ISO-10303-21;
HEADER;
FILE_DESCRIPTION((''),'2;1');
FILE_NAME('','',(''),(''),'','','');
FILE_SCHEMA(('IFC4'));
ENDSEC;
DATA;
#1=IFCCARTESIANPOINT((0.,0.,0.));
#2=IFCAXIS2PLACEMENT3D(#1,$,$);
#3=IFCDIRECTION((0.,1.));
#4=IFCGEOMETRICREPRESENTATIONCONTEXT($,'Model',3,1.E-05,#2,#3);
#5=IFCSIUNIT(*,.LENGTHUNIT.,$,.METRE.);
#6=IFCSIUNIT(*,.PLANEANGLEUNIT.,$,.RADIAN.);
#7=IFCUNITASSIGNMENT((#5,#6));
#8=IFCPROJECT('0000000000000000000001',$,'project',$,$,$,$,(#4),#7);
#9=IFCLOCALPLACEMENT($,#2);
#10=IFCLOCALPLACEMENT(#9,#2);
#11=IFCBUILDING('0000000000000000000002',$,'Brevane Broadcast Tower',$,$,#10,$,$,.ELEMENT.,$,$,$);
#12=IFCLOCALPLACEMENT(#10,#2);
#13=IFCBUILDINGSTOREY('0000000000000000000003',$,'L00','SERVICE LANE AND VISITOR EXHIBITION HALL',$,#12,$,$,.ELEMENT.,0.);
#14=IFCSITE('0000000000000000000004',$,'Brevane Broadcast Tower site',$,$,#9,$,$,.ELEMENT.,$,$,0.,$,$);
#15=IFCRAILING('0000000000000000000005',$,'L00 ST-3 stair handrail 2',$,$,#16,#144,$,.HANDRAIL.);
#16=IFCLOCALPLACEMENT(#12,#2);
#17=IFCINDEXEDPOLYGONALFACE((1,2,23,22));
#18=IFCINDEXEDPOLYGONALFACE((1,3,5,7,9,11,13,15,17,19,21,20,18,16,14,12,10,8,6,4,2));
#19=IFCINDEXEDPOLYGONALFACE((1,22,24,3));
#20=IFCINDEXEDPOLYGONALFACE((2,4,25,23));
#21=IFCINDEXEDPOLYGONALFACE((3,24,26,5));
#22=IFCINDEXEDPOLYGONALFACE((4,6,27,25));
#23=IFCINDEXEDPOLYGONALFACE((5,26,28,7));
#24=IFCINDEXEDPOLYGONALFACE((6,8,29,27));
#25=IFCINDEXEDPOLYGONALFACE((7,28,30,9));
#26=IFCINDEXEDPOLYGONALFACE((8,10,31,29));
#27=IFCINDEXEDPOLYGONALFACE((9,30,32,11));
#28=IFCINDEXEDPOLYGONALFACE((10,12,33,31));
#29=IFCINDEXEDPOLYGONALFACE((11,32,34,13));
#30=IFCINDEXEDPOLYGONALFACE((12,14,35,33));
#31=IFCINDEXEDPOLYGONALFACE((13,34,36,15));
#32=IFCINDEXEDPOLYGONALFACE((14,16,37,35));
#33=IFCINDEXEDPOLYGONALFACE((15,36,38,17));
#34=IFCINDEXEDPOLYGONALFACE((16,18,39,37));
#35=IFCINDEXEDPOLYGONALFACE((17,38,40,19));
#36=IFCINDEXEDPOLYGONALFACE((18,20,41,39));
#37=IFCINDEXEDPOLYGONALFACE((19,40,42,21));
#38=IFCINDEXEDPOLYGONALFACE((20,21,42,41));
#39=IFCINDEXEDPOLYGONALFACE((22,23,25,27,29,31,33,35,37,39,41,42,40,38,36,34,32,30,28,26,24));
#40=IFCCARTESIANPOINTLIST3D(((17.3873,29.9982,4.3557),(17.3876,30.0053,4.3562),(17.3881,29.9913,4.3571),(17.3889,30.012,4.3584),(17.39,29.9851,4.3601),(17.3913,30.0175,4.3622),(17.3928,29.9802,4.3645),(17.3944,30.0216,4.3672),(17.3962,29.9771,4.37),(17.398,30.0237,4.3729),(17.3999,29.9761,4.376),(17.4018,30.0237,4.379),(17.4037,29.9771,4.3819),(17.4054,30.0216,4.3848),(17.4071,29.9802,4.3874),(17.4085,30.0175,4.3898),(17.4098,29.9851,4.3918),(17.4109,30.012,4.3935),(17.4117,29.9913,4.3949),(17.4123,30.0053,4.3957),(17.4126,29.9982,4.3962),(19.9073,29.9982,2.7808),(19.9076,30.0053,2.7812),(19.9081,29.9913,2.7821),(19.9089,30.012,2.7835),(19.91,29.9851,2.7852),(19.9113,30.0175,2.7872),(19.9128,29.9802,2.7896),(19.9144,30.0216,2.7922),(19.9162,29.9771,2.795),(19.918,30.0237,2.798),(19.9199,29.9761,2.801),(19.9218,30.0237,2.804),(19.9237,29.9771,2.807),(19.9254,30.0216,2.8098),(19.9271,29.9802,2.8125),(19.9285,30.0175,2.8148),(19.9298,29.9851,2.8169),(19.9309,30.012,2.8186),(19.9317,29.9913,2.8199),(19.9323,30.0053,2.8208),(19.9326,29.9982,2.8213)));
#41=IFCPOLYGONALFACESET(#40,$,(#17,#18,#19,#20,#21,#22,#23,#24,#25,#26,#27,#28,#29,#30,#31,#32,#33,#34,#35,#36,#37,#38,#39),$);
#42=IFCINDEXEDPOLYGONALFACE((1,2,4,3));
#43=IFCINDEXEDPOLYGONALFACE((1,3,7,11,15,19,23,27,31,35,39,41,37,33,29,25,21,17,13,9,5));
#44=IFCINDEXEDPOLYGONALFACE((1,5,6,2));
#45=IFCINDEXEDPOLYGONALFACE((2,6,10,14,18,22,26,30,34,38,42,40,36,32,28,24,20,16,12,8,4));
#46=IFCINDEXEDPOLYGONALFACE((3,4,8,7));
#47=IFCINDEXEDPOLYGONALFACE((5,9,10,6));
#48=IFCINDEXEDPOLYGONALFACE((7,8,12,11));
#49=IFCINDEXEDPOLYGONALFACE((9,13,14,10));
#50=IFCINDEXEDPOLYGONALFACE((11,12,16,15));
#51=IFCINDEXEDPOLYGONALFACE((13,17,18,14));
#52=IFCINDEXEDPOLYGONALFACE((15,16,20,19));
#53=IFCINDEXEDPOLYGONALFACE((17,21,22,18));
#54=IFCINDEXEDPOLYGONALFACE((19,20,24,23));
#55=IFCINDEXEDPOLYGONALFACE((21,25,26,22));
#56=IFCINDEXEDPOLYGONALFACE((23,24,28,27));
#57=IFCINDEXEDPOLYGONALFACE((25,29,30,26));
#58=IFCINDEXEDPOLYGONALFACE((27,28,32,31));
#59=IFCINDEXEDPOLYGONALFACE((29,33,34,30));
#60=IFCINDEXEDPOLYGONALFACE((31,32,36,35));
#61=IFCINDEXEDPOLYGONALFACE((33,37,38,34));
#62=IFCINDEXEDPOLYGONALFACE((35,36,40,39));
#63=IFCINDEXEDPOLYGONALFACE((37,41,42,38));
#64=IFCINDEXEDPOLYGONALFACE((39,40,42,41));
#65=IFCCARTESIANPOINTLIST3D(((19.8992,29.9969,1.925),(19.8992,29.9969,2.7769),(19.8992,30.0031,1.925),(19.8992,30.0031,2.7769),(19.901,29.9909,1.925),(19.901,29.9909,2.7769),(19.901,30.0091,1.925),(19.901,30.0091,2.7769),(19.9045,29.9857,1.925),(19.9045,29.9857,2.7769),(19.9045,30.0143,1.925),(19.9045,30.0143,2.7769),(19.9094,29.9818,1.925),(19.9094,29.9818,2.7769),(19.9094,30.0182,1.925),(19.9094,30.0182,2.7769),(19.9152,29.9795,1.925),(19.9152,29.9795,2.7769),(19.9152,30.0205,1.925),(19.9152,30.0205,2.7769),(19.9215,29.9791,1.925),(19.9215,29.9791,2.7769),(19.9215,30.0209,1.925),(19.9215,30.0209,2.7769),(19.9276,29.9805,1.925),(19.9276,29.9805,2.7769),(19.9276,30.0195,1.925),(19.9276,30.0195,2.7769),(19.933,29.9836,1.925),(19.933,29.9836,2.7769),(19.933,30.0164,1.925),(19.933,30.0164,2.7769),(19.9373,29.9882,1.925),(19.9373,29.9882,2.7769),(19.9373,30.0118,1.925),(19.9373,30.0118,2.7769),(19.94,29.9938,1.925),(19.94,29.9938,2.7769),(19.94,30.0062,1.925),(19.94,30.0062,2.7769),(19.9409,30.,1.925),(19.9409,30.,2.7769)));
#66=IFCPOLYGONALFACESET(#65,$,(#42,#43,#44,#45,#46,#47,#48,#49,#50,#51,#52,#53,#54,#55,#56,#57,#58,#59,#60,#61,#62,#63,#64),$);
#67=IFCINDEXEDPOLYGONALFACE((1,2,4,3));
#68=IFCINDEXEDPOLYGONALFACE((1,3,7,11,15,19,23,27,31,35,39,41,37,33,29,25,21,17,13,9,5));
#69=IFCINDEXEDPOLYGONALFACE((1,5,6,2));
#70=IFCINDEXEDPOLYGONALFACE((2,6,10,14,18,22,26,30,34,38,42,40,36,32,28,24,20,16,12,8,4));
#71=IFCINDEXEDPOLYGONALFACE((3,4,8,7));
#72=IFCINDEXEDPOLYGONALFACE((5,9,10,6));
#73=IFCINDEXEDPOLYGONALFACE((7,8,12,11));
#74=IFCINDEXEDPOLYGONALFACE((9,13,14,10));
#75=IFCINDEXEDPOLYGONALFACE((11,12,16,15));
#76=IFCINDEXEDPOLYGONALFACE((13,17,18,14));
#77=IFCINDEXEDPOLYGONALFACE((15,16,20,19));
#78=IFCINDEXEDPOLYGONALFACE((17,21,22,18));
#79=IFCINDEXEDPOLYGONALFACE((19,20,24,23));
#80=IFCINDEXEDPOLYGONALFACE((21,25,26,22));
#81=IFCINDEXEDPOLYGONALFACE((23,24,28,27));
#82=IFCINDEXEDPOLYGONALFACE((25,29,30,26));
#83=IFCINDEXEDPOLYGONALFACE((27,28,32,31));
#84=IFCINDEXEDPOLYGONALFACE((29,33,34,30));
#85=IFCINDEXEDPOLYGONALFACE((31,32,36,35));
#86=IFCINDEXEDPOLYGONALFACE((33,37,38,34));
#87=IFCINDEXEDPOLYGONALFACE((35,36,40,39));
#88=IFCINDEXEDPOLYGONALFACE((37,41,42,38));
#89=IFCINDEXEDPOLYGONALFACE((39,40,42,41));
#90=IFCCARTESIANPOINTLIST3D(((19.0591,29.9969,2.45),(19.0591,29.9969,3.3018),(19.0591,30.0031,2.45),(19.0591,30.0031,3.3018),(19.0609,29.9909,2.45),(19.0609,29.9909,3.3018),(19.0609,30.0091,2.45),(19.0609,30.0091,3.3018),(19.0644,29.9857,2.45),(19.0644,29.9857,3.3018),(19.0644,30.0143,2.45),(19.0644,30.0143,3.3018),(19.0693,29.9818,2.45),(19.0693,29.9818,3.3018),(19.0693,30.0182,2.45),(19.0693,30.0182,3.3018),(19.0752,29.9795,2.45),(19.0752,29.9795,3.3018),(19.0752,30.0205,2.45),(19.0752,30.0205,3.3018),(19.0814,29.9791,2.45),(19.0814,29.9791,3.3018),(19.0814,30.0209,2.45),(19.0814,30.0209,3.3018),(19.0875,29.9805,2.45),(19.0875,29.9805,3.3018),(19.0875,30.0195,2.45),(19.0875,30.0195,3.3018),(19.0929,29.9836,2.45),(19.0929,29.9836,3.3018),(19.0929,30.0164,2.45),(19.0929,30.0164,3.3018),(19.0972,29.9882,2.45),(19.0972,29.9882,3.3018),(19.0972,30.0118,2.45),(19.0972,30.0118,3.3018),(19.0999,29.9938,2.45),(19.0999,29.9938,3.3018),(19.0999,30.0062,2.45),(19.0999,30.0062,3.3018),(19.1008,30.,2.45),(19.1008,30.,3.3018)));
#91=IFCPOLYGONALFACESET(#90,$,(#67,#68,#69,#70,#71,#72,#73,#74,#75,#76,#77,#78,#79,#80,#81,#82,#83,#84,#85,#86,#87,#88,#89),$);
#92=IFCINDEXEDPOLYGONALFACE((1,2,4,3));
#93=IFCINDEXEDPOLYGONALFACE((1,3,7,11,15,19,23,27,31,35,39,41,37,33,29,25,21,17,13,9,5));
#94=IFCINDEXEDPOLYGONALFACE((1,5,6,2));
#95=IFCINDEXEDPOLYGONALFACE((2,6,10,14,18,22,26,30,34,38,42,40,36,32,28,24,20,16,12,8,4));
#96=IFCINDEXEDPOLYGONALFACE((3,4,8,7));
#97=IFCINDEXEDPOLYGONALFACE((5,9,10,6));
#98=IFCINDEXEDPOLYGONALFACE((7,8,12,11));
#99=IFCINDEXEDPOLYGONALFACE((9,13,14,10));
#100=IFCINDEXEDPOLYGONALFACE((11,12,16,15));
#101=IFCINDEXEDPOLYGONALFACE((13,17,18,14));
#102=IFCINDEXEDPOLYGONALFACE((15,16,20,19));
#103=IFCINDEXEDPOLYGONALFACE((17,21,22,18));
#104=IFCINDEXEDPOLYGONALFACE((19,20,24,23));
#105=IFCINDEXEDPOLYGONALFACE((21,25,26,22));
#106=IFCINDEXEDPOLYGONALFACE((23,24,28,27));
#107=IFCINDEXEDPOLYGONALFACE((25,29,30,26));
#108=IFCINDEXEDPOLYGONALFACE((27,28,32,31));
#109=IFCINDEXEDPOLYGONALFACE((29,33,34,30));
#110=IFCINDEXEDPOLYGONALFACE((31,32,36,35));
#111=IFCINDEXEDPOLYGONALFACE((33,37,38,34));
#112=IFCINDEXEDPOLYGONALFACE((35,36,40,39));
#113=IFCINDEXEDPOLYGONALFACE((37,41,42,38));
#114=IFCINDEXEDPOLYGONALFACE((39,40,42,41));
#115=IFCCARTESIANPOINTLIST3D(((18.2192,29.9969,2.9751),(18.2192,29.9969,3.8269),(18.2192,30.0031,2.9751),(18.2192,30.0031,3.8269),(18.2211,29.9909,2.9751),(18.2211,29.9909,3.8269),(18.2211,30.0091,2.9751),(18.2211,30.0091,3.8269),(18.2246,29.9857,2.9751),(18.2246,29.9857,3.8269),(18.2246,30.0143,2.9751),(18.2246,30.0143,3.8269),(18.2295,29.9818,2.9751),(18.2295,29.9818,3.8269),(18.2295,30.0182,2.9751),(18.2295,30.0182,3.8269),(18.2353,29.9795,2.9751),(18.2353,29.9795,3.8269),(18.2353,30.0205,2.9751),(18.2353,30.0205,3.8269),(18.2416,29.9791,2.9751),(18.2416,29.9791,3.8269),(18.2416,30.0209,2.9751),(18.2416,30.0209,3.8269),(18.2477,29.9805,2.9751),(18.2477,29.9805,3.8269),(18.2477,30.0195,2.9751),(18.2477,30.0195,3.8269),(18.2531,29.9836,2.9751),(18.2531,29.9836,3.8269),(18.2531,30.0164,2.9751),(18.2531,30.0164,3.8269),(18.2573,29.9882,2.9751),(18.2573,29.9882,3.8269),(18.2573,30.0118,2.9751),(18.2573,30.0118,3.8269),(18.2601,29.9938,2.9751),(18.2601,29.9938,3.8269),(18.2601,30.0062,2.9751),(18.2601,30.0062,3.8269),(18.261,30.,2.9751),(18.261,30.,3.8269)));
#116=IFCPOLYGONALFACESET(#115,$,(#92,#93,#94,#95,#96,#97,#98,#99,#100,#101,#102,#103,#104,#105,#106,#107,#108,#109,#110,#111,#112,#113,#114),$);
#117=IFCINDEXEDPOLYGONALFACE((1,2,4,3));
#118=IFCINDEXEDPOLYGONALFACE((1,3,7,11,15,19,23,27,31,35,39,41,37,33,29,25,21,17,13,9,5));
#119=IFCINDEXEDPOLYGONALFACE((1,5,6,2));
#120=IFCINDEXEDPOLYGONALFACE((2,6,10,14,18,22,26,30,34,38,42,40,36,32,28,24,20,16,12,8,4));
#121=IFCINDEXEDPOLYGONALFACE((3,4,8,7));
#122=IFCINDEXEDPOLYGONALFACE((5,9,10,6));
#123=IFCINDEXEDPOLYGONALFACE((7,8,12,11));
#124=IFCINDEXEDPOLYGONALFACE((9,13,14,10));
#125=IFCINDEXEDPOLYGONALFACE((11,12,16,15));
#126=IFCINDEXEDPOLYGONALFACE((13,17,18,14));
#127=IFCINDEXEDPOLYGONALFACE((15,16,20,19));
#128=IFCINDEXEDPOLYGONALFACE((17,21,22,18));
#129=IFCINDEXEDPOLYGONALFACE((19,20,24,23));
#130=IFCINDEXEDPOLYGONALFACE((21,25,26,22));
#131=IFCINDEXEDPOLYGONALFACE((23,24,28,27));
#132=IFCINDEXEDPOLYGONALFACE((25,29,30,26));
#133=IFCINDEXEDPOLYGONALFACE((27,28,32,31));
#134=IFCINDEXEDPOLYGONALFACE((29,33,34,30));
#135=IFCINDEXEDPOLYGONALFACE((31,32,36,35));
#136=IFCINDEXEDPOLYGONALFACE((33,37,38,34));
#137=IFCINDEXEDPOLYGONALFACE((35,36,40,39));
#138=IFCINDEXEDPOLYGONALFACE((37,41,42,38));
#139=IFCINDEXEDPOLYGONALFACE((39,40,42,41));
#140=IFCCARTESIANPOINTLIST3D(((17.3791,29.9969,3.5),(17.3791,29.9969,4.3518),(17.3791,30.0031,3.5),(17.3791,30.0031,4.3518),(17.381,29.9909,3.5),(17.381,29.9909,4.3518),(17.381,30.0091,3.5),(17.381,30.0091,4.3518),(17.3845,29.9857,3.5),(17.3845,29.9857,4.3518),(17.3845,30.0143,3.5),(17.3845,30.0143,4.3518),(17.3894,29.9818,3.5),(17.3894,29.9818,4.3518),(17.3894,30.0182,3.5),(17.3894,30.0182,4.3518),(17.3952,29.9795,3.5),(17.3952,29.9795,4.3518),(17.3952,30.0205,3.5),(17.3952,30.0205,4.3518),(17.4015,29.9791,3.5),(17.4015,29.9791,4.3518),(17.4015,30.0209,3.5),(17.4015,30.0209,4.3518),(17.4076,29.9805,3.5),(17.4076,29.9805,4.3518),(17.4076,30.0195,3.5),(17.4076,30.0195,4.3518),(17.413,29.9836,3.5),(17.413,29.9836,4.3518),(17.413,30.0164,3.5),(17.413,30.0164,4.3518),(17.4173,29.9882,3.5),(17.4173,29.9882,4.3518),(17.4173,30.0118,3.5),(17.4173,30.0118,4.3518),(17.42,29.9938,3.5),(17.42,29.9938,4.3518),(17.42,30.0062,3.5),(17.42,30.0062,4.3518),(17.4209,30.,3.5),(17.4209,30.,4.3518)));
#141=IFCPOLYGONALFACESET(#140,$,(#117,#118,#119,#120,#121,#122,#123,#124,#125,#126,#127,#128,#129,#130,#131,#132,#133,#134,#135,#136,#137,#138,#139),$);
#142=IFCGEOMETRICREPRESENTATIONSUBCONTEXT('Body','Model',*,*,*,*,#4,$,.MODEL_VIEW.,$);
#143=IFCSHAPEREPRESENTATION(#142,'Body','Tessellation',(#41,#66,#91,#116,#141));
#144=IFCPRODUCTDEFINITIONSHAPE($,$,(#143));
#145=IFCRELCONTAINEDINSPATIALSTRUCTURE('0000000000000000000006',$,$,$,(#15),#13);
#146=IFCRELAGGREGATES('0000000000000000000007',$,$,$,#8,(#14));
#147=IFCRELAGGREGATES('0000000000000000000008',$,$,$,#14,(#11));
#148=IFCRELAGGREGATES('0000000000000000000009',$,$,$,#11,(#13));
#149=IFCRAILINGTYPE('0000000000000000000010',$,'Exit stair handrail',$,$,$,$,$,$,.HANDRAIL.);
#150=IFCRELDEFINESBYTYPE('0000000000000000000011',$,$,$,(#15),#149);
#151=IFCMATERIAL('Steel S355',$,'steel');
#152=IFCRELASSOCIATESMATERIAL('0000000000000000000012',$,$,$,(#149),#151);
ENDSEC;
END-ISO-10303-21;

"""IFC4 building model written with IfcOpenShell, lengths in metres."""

from ifc_helpers import new_model, si_unit, direction, frame, origin, origin_2d, place, context, subcontext, project, spatial, circle, extrude, material, type_object, element, save


model = new_model("IFC4")

# Units and contexts
model_context = context("Model", 3, precision=1e-05, world=origin(), true_north=direction((0.0, 1.0)))
body_context = subcontext(model_context, "Body", "Model", "MODEL_VIEW")
ifc_project = project(units=[si_unit("LENGTHUNIT", "METRE"), si_unit("PLANEANGLEUNIT", "RADIAN")], contexts=[model_context])

# Site, building, storey
site_placement = place(None, origin())
site = spatial("IfcSite", under=ifc_project, at=site_placement, Name="Brevane Broadcast Tower site", CompositionType="ELEMENT", RefElevation=0.0)
building_placement = place(site_placement, origin())
building = spatial("IfcBuilding", under=site, at=building_placement, Name="Brevane Broadcast Tower", CompositionType="ELEMENT")
storey_placement = place(building_placement, origin())
storey = spatial("IfcBuildingStorey", under=building, at=storey_placement, Name="L00", Description="SERVICE LANE AND VISITOR EXHIBITION HALL", CompositionType="ELEMENT", Elevation=0.0)

# Railing
ifc_material_1 = material(Name="Steel S355", Category="steel")
railing_type_1 = type_object("IfcRailingType", Name="Exit stair handrail", PredefinedType="HANDRAIL", material=ifc_material_1)
for number, where, name in (
    (1, (19.9199, 30.0, 1.925), "L00 ST-3 stair handrail 2"),
):
    element("IfcRailing", number, at=place(storey_placement, frame(where)), inside=storey, type_object=railing_type_1, Name=name, PredefinedType="HANDRAIL", context=body_context, shape_type="SweptSolid", body=[
        extrude(circle(Radius=0.0239, at=origin_2d()), frame((0.0, 0.0, 0.876), z_axis=(-0.848008, 0.0, 0.529984), x_axis=(0.0, -1.0, 0.0)), (0.0, 0.0, 1.0), 2.9717),
        extrude(circle(Radius=0.021, at=origin_2d()), origin(), (0.0, 0.0, 1.0), 0.8518),
        extrude(circle(Radius=0.021, at=origin_2d()), frame((-0.8401, 0.0, 0.5249)), (0.0, 0.0, 1.0), 0.8518),
        extrude(circle(Radius=0.021, at=origin_2d()), frame((-1.6799, 0.0, 1.05)), (0.0, 0.0, 1.0), 0.8518),
        extrude(circle(Radius=0.021, at=origin_2d()), frame((-2.52, 0.0, 1.575)), (0.0, 0.0, 1.0), 0.8518),
    ])

save(model, "model.ifc")
